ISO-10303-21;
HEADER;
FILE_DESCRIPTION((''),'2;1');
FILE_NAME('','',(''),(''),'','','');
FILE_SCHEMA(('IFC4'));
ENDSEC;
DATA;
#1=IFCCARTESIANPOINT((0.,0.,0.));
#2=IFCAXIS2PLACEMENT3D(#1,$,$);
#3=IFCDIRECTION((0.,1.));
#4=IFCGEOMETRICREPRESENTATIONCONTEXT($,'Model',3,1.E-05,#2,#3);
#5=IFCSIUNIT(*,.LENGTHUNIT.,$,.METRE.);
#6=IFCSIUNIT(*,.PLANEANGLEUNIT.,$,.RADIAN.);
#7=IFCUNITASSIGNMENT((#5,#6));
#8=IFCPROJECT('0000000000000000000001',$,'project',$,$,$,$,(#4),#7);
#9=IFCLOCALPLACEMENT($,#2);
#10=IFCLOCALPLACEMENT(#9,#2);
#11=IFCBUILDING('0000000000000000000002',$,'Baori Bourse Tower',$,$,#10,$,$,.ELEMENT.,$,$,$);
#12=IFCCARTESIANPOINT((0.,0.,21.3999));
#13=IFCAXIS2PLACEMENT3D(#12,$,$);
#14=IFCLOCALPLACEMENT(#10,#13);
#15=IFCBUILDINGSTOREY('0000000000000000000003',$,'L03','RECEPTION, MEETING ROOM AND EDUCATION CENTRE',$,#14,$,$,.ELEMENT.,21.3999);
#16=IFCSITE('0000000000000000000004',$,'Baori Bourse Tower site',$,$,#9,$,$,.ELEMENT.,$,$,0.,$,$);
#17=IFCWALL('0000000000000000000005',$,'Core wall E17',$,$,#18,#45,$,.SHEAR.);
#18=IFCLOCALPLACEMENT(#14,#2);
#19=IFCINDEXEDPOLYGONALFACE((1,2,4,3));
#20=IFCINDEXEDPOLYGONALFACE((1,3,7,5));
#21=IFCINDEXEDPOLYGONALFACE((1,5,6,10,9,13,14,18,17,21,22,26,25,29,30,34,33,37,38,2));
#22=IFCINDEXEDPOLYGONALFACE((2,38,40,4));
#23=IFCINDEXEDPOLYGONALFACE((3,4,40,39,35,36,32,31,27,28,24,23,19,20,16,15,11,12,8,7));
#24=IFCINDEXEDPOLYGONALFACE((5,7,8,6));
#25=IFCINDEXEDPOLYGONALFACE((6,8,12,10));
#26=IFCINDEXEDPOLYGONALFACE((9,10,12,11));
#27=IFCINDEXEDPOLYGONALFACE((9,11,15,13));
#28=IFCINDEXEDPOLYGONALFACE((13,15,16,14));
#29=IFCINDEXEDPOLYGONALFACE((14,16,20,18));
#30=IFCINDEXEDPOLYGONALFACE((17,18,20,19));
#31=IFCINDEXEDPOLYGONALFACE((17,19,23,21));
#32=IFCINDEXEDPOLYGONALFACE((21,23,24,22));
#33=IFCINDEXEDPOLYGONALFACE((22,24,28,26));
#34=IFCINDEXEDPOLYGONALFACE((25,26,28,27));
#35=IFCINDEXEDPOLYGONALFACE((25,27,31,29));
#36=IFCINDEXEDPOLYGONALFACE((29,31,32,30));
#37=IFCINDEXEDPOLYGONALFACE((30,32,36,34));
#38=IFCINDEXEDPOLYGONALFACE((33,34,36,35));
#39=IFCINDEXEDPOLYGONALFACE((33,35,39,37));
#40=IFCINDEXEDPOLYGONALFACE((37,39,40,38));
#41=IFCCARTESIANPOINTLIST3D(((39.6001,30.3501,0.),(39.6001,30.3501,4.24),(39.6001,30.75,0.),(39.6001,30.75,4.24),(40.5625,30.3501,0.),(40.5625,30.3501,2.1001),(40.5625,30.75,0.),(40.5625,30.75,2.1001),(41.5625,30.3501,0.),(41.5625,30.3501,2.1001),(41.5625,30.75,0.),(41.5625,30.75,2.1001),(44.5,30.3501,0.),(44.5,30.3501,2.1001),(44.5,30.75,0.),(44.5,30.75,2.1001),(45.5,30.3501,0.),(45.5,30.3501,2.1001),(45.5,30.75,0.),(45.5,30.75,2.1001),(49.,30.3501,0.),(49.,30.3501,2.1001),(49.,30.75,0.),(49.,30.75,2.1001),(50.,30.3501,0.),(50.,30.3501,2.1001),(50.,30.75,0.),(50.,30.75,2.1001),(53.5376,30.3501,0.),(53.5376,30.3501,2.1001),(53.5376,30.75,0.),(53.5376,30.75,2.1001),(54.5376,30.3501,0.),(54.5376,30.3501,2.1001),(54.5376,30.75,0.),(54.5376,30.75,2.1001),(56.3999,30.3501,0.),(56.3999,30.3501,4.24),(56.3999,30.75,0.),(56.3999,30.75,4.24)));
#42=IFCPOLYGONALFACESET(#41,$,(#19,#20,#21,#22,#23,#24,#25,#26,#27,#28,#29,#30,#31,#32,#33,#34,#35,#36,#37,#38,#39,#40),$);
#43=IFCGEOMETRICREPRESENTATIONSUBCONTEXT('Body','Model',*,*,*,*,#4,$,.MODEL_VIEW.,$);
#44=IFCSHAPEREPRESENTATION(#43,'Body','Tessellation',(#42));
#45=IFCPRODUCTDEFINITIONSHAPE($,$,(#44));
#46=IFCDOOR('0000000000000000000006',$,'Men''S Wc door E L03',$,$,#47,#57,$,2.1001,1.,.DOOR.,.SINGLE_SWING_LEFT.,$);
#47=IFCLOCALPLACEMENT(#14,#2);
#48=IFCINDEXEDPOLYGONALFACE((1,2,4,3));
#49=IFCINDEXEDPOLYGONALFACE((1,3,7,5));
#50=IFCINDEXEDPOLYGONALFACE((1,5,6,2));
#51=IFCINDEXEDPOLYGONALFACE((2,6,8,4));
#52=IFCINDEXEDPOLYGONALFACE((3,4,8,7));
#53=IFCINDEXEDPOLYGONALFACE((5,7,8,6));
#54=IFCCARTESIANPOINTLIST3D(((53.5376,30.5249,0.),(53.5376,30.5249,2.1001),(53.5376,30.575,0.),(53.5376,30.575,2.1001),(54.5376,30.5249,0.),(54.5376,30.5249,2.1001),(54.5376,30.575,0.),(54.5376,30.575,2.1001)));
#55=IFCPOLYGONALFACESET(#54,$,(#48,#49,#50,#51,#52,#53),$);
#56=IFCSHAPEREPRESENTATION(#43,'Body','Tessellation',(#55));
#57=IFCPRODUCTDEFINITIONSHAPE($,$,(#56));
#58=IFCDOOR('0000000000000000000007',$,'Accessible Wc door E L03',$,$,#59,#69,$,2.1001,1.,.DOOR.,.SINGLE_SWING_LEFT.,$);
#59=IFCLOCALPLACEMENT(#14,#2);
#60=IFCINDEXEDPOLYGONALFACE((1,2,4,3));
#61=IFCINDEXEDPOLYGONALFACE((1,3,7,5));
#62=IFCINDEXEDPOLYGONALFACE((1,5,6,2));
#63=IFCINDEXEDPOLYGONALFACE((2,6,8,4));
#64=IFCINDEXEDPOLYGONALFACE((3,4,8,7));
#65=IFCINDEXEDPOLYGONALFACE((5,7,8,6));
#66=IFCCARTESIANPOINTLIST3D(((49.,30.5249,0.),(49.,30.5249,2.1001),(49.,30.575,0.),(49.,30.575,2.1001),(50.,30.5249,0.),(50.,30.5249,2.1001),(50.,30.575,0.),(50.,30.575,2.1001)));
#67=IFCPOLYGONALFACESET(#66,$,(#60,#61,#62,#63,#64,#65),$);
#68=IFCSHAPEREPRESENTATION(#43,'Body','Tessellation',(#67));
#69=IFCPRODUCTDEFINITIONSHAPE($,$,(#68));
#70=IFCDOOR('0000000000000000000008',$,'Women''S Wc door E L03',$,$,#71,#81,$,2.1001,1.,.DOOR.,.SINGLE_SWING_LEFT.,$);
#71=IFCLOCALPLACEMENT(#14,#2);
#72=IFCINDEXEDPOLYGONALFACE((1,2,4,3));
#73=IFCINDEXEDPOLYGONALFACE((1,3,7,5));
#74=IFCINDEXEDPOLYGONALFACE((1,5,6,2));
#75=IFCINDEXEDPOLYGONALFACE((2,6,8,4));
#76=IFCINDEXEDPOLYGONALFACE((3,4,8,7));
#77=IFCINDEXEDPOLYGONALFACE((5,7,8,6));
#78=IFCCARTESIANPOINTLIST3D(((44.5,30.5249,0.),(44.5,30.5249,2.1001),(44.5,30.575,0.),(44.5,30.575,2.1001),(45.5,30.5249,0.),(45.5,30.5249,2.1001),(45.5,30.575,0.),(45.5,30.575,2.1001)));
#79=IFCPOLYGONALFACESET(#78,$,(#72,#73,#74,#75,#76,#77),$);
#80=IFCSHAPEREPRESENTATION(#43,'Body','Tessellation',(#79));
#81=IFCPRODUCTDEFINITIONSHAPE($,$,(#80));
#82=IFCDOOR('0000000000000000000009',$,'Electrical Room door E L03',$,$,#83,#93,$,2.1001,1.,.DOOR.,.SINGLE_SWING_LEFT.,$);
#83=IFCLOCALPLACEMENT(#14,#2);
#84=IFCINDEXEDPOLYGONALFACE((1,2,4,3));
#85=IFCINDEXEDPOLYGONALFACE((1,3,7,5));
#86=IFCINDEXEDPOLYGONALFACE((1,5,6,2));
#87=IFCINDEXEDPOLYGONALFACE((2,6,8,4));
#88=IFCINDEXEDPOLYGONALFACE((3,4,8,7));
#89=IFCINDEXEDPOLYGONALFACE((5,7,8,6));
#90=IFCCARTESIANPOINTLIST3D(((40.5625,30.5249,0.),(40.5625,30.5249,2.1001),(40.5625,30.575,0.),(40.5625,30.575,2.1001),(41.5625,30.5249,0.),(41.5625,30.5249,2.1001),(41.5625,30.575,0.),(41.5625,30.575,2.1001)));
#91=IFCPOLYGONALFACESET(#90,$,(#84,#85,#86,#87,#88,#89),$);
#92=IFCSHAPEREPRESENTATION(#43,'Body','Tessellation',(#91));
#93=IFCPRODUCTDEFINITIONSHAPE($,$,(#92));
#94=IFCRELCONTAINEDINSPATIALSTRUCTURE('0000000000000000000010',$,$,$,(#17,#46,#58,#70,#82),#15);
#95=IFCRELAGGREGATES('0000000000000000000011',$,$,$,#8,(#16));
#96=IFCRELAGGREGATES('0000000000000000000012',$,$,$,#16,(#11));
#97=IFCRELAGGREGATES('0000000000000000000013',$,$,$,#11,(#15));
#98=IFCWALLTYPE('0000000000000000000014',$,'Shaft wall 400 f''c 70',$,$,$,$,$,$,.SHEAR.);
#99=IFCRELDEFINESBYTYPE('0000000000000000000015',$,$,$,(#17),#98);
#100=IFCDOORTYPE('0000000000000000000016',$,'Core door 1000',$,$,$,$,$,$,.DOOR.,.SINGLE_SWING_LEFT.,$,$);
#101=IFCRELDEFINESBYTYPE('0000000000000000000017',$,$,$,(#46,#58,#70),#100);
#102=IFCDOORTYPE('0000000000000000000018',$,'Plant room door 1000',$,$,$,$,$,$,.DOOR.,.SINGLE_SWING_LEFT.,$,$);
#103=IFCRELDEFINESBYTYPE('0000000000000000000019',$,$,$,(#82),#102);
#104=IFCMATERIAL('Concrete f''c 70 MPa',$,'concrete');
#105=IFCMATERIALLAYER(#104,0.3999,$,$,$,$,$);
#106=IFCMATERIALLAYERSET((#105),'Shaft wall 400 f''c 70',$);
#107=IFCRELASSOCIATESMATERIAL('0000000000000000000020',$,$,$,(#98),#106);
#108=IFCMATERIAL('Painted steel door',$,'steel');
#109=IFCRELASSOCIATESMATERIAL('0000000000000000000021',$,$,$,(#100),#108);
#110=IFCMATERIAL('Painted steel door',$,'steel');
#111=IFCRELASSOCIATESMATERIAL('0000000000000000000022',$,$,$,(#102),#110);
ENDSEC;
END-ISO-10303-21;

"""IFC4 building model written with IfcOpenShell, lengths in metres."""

from ifc_helpers import new_model, si_unit, direction, frame, frame_2d, origin, place, context, subcontext, project, spatial, rectangle, extrude, material, layer, layer_set, type_object, element, fill, save


model = new_model("IFC4")

# Units and contexts
model_context = context("Model", 3, precision=1e-05, world=origin(), true_north=direction((0.0, 1.0)))
body_context = subcontext(model_context, "Body", "Model", "MODEL_VIEW")
ifc_project = project(units=[si_unit("LENGTHUNIT", "METRE"), si_unit("PLANEANGLEUNIT", "RADIAN")], contexts=[model_context])

# Site, building, storey
site_placement = place(None, origin())
site = spatial("IfcSite", under=ifc_project, at=site_placement, Name="Baori Bourse Tower site", CompositionType="ELEMENT", RefElevation=0.0)
building_placement = place(site_placement, origin())
building = spatial("IfcBuilding", under=site, at=building_placement, Name="Baori Bourse Tower", CompositionType="ELEMENT")
storey_placement = place(building_placement, frame((0.0, 0.0, 21.3999)))
storey = spatial("IfcBuildingStorey", under=building, at=storey_placement, Name="L03", Description="RECEPTION, MEETING ROOM AND EDUCATION CENTRE", CompositionType="ELEMENT", Elevation=21.3999)

# Shared definitions
ifc_material_1 = material(Name="Concrete f'c 70 MPa", Category="concrete")
ifc_layer_1 = layer(ifc_material_1, 0.3999)
ifc_layer_set_1 = layer_set([ifc_layer_1], Name="Shaft wall 400 f'c 70")
wall_type_1 = type_object("IfcWallType", Name="Shaft wall 400 f'c 70", PredefinedType="SHEAR", material=ifc_layer_set_1)

# Wall, openings, doors
wall_1_placement = place(storey_placement, frame((39.6001, 30.55, 0.0), z_axis=(0.0, 0.0, 1.0), x_axis=(1.0, 0.0, 0.0)))
wall_1 = element("IfcWall", 1, at=wall_1_placement, inside=storey, type_object=wall_type_1, Name="Core wall E17", PredefinedType="SHEAR", context=body_context, shape_type="SweptSolid", body=[
    extrude(rectangle(XDim=16.7998, YDim=0.3999, at=frame_2d((8.3999, 0.0))), origin(), (0.0, 0.0, 1.0), 4.24),
])
opening_1_placement = place(wall_1_placement, frame((13.9375, 0.0, 0.0)))
opening_1 = element("IfcOpeningElement", 2, at=opening_1_placement, cuts=wall_1, PredefinedType="OPENING", context=body_context, shape_type="SweptSolid", body=[
    extrude(rectangle(XDim=1.0, YDim=2.1001, at=frame_2d((0.5, 1.05))), frame((0.0, 0.21, 0.0), z_axis=(0.0, -1.0, 0.0), x_axis=(1.0, 0.0, 0.0)), (0.0, 0.0, 1.0), 0.4199),
])
opening_2_placement = place(wall_1_placement, frame((9.3999, 0.0, 0.0)))
opening_2 = element("IfcOpeningElement", 3, at=opening_2_placement, cuts=wall_1, PredefinedType="OPENING", context=body_context, shape_type="SweptSolid", body=[
    extrude(rectangle(XDim=1.0, YDim=2.1001, at=frame_2d((0.5, 1.05))), frame((0.0, 0.21, 0.0), z_axis=(0.0, -1.0, 0.0), x_axis=(1.0, 0.0, 0.0)), (0.0, 0.0, 1.0), 0.4199),
])
opening_3_placement = place(wall_1_placement, frame((4.8999, 0.0, 0.0)))
opening_3 = element("IfcOpeningElement", 4, at=opening_3_placement, cuts=wall_1, PredefinedType="OPENING", context=body_context, shape_type="SweptSolid", body=[
    extrude(rectangle(XDim=1.0, YDim=2.1001, at=frame_2d((0.5, 1.05))), frame((0.0, 0.21, 0.0), z_axis=(0.0, -1.0, 0.0), x_axis=(1.0, 0.0, 0.0)), (0.0, 0.0, 1.0), 0.4199),
])
opening_4_placement = place(wall_1_placement, frame((0.9624, 0.0, 0.0)))
opening_4 = element("IfcOpeningElement", 5, at=opening_4_placement, cuts=wall_1, PredefinedType="OPENING", context=body_context, shape_type="SweptSolid", body=[
    extrude(rectangle(XDim=1.0, YDim=2.1001, at=frame_2d((0.5, 1.05))), frame((0.0, 0.21, 0.0), z_axis=(0.0, -1.0, 0.0), x_axis=(1.0, 0.0, 0.0)), (0.0, 0.0, 1.0), 0.4199),
])
ifc_material_2 = material(Name="Painted steel door", Category="steel")
door_type_1 = type_object("IfcDoorType", Name="Core door 1000", OperationType="SINGLE_SWING_LEFT", PredefinedType="DOOR", material=ifc_material_2)
door_1_placement = place(opening_1_placement, origin())
door_1 = element("IfcDoor", 6, at=door_1_placement, inside=storey, type_object=door_type_1, Name="Men'S Wc door E L03", OperationType="SINGLE_SWING_LEFT", OverallHeight=2.1001, OverallWidth=1.0, PredefinedType="DOOR", context=body_context, shape_type="SweptSolid", body=[
    extrude(rectangle(XDim=1.0, YDim=2.1001, at=frame_2d((0.5, 1.05))), frame((0.0, 0.0249, 0.0), z_axis=(0.0, -1.0, 0.0), x_axis=(1.0, 0.0, 0.0)), (0.0, 0.0, 1.0), 0.05),
])
fill(opening_1, door_1)
door_2_placement = place(opening_2_placement, origin())
door_2 = element("IfcDoor", 7, at=door_2_placement, inside=storey, type_object=door_type_1, Name="Accessible Wc door E L03", OperationType="SINGLE_SWING_LEFT", OverallHeight=2.1001, OverallWidth=1.0, PredefinedType="DOOR", context=body_context, shape_type="SweptSolid", body=[
    extrude(rectangle(XDim=1.0, YDim=2.1001, at=frame_2d((0.5, 1.05))), frame((0.0, 0.0249, 0.0), z_axis=(0.0, -1.0, 0.0), x_axis=(1.0, 0.0, 0.0)), (0.0, 0.0, 1.0), 0.05),
])
fill(opening_2, door_2)
door_3_placement = place(opening_3_placement, origin())
door_3 = element("IfcDoor", 8, at=door_3_placement, inside=storey, type_object=door_type_1, Name="Women'S Wc door E L03", OperationType="SINGLE_SWING_LEFT", OverallHeight=2.1001, OverallWidth=1.0, PredefinedType="DOOR", context=body_context, shape_type="SweptSolid", body=[
    extrude(rectangle(XDim=1.0, YDim=2.1001, at=frame_2d((0.5, 1.05))), frame((0.0, 0.0249, 0.0), z_axis=(0.0, -1.0, 0.0), x_axis=(1.0, 0.0, 0.0)), (0.0, 0.0, 1.0), 0.05),
])
fill(opening_3, door_3)
ifc_material_3 = material(Name="Painted steel door", Category="steel")
door_type_2 = type_object("IfcDoorType", Name="Plant room door 1000", OperationType="SINGLE_SWING_LEFT", PredefinedType="DOOR", material=ifc_material_3)
door_4_placement = place(opening_4_placement, origin())
door_4 = element("IfcDoor", 9, at=door_4_placement, inside=storey, type_object=door_type_2, Name="Electrical Room door E L03", OperationType="SINGLE_SWING_LEFT", OverallHeight=2.1001, OverallWidth=1.0, PredefinedType="DOOR", context=body_context, shape_type="SweptSolid", body=[
    extrude(rectangle(XDim=1.0, YDim=2.1001, at=frame_2d((0.5, 1.05))), frame((0.0, 0.0249, 0.0), z_axis=(0.0, -1.0, 0.0), x_axis=(1.0, 0.0, 0.0)), (0.0, 0.0, 1.0), 0.05),
])
fill(opening_4, door_4)

save(model, "model.ifc")
